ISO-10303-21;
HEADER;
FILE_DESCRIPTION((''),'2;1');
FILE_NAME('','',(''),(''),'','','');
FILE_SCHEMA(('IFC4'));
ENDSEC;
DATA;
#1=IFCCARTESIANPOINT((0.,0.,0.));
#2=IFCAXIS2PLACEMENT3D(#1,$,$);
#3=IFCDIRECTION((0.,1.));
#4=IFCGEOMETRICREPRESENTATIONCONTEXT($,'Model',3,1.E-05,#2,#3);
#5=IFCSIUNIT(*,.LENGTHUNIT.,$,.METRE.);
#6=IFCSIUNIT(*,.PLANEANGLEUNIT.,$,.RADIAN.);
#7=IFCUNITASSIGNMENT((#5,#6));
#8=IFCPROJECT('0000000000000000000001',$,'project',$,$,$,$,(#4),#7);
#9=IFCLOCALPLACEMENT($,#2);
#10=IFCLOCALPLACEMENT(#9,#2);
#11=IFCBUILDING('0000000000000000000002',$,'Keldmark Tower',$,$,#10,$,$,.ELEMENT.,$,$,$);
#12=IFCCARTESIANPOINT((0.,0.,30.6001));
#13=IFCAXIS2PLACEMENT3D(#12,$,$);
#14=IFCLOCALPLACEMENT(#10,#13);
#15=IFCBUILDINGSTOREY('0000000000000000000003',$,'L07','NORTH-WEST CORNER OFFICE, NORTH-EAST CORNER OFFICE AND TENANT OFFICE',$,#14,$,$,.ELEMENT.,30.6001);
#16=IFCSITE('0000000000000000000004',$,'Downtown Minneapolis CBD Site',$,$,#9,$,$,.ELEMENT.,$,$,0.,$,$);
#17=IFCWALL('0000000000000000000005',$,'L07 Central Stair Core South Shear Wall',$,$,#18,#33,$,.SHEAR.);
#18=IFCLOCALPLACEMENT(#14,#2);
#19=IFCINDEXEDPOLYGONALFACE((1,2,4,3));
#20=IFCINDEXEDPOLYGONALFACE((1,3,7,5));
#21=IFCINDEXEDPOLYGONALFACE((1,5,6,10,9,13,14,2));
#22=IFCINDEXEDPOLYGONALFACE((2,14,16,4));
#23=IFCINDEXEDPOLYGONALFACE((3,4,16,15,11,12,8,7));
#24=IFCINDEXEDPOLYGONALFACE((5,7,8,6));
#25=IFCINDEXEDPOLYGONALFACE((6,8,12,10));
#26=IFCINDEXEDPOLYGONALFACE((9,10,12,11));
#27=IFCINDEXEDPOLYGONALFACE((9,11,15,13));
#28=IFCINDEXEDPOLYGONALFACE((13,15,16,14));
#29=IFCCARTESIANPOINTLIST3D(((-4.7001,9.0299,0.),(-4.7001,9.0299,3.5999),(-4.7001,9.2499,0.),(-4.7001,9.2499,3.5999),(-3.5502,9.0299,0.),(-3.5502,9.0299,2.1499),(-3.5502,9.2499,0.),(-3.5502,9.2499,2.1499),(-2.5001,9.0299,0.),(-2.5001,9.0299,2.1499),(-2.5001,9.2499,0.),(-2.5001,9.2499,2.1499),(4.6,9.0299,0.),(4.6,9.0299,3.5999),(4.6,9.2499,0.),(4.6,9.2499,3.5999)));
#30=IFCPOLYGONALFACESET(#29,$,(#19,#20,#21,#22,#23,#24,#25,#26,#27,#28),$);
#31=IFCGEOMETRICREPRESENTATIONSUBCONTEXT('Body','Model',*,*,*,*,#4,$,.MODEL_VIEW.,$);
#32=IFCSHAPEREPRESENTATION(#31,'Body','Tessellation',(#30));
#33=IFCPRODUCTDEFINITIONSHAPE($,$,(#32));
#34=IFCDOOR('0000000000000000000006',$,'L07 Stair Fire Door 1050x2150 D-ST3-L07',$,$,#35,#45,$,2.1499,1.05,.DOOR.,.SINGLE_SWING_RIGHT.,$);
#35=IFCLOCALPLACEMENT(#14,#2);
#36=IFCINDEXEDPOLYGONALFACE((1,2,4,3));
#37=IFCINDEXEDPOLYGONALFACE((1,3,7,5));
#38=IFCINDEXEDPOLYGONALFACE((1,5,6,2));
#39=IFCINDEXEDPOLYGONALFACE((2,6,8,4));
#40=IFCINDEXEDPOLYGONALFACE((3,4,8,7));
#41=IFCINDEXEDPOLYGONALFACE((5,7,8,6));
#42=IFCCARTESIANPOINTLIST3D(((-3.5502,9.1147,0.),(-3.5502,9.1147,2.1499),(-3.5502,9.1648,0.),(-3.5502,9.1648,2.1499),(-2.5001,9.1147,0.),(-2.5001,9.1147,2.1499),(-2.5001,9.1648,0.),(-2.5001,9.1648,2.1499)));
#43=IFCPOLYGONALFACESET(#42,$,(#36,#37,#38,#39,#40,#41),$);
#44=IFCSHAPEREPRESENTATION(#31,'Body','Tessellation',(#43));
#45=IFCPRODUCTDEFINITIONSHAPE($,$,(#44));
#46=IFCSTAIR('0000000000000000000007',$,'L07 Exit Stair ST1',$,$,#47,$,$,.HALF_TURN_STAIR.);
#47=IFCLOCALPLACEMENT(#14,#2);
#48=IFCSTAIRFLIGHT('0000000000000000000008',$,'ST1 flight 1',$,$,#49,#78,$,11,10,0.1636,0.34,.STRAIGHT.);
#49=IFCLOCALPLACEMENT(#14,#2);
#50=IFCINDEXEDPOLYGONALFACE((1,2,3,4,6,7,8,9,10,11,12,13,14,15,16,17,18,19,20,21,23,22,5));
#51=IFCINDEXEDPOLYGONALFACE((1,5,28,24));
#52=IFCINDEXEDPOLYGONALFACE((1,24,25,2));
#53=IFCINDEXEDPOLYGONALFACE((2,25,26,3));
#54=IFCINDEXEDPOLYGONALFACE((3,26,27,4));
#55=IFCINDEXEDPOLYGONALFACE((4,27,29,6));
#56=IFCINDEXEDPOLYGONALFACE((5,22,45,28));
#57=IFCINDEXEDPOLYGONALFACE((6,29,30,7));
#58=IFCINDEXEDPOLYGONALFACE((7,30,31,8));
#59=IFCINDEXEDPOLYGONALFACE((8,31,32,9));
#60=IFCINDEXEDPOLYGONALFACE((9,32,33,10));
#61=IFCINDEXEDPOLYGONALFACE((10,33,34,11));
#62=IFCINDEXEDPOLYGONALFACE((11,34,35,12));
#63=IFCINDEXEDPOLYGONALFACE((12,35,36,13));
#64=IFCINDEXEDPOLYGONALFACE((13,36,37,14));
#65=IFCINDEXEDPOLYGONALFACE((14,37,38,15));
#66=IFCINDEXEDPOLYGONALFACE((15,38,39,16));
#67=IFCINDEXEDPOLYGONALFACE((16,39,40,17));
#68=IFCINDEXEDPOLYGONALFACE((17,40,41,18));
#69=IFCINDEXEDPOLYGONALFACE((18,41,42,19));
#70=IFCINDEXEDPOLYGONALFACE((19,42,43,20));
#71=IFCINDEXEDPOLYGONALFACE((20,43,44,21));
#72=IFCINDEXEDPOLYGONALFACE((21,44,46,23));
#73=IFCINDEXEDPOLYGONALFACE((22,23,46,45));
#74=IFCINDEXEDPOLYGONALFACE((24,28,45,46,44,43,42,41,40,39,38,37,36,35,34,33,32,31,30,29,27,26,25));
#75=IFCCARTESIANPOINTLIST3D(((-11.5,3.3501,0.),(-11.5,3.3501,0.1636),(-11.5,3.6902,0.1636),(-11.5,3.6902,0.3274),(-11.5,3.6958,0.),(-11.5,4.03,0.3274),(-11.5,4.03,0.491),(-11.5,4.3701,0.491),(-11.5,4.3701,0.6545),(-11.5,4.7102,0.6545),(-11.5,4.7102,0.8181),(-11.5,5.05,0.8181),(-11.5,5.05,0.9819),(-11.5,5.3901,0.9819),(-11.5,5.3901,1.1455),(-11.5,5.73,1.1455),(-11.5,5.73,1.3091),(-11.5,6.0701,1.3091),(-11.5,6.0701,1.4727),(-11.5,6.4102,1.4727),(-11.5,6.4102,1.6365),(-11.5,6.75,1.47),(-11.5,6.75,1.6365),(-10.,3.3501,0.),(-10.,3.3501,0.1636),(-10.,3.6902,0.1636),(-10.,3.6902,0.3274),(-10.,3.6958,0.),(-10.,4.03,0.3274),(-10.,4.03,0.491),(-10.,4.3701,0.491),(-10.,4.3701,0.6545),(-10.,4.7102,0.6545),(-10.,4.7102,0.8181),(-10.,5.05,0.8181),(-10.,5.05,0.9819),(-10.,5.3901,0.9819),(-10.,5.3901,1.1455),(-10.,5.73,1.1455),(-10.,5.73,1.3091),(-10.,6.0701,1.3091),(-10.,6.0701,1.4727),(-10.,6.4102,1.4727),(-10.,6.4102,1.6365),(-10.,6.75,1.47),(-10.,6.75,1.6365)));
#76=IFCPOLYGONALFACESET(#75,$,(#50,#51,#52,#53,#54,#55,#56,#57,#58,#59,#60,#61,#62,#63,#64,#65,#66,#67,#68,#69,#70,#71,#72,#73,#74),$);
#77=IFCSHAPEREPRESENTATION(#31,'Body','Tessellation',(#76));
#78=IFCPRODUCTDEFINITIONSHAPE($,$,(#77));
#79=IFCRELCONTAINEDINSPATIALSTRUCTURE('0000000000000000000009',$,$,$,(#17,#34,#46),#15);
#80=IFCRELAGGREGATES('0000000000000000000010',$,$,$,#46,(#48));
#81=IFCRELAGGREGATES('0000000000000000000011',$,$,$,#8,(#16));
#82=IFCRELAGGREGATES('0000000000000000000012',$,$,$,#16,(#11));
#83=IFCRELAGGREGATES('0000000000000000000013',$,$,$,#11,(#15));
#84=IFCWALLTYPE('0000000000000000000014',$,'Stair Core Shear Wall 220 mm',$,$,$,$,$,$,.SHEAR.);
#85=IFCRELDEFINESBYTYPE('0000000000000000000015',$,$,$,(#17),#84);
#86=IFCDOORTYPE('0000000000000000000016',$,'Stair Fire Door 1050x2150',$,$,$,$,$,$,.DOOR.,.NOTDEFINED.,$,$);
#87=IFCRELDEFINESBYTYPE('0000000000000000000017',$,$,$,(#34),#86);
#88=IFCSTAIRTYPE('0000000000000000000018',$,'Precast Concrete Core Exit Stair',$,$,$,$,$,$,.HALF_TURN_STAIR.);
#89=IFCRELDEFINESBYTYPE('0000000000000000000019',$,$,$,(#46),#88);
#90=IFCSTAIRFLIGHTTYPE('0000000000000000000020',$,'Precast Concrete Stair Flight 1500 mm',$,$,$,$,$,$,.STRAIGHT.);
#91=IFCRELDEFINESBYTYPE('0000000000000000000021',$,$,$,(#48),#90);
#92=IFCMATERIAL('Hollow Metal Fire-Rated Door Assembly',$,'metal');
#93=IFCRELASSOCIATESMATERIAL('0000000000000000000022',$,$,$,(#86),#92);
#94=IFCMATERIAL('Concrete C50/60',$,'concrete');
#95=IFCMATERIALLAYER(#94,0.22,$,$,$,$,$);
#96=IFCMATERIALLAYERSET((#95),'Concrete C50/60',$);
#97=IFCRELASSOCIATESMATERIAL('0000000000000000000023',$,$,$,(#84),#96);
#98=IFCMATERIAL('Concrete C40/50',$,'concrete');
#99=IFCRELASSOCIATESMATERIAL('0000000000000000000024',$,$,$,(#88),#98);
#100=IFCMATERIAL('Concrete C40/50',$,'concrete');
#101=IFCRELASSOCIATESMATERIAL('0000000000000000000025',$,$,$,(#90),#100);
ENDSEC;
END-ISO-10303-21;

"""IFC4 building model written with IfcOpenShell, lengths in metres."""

from ifc_helpers import new_model, si_unit, direction, frame, frame_2d, origin, place, context, subcontext, project, spatial, polyline, rectangle, outline, extrude, material, layer, layer_set, type_object, element, fill, aggregate, save


model = new_model("IFC4")

# Units and contexts
model_context = context("Model", 3, precision=1e-05, world=origin(), true_north=direction((0.0, 1.0)))
body_context = subcontext(model_context, "Body", "Model", "MODEL_VIEW")
ifc_project = project(units=[si_unit("LENGTHUNIT", "METRE"), si_unit("PLANEANGLEUNIT", "RADIAN")], contexts=[model_context])

# Site, building, storey
site_placement = place(None, origin())
site = spatial("IfcSite", under=ifc_project, at=site_placement, Name="Downtown Minneapolis CBD Site", CompositionType="ELEMENT", RefElevation=0.0)
building_placement = place(site_placement, origin())
building = spatial("IfcBuilding", under=site, at=building_placement, Name="Keldmark Tower", CompositionType="ELEMENT")
storey_placement = place(building_placement, frame((0.0, 0.0, 30.6001)))
storey = spatial("IfcBuildingStorey", under=building, at=storey_placement, Name="L07", Description="NORTH-WEST CORNER OFFICE, NORTH-EAST CORNER OFFICE AND TENANT OFFICE", CompositionType="ELEMENT", Elevation=30.6001)

# Shared definitions
ifc_material_1 = material(Name="Hollow Metal Fire-Rated Door Assembly", Category="metal")
door_type_1 = type_object("IfcDoorType", Name="Stair Fire Door 1050x2150", OperationType="NOTDEFINED", PredefinedType="DOOR", material=ifc_material_1)

# Shared definitions
ifc_material_2 = material(Name="Concrete C50/60", Category="concrete")
ifc_layer_1 = layer(ifc_material_2, 0.22)
ifc_layer_set_1 = layer_set([ifc_layer_1], Name="Concrete C50/60")
wall_type_1 = type_object("IfcWallType", Name="Stair Core Shear Wall 220 mm", PredefinedType="SHEAR", material=ifc_layer_set_1)

# Wall, opening, door
wall_1_placement = place(storey_placement, frame((-4.7, 9.1399, 0.0), z_axis=(0.0, 0.0, 1.0), x_axis=(1.0, 0.0, 0.0)))
wall_1 = element("IfcWall", 1, at=wall_1_placement, inside=storey, type_object=wall_type_1, Name="L07 Central Stair Core South Shear Wall", PredefinedType="SHEAR", context=body_context, shape_type="SweptSolid", body=[
    extrude(rectangle(XDim=9.3, YDim=0.22, at=frame_2d((4.6499, 0.0))), origin(), (0.0, 0.0, 1.0), 3.5999),
])
opening_1_placement = place(wall_1_placement, frame((1.1499, 0.0, 0.0)))
opening_1 = element("IfcOpeningElement", 2, at=opening_1_placement, cuts=wall_1, PredefinedType="OPENING", context=body_context, shape_type="SweptSolid", body=[
    extrude(rectangle(XDim=1.05, YDim=2.1499, at=frame_2d((0.5249, 1.075))), frame((0.0, 0.1199, 0.0), z_axis=(0.0, -1.0, 0.0), x_axis=(1.0, 0.0, 0.0)), (0.0, 0.0, 1.0), 0.24),
])
door_1_placement = place(opening_1_placement, origin())
door_1 = element("IfcDoor", 3, at=door_1_placement, inside=storey, type_object=door_type_1, Name="L07 Stair Fire Door 1050x2150 D-ST3-L07", OperationType="SINGLE_SWING_RIGHT", OverallHeight=2.1499, OverallWidth=1.05, PredefinedType="DOOR", context=body_context, shape_type="SweptSolid", body=[
    extrude(rectangle(XDim=1.05, YDim=2.1499, at=frame_2d((0.5249, 1.075))), frame((0.0, 0.0249, 0.0), z_axis=(0.0, -1.0, 0.0), x_axis=(1.0, 0.0, 0.0)), (0.0, 0.0, 1.0), 0.05),
])
fill(opening_1, door_1)

# Stair, stair flight
ifc_material_3 = material(Name="Concrete C40/50", Category="concrete")
stair_type = type_object("IfcStairType", Name="Precast Concrete Core Exit Stair", PredefinedType="HALF_TURN_STAIR", material=ifc_material_3)
stair_placement = place(storey_placement, origin())
stair = element("IfcStair", 4, at=stair_placement, inside=storey, type_object=stair_type, Name="L07 Exit Stair ST1", PredefinedType="HALF_TURN_STAIR")
ifc_material_4 = material(Name="Concrete C40/50", Category="concrete")
stair_flight_type = type_object("IfcStairFlightType", Name="Precast Concrete Stair Flight 1500 mm", PredefinedType="STRAIGHT", material=ifc_material_4)
stair_flight_placement = place(storey_placement, frame((-10.75, 3.3501, 0.0), z_axis=(0.0, 0.0, 1.0), x_axis=(0.0, 1.0, 0.0)))
stair_flight = element("IfcStairFlight", 5, at=stair_flight_placement, type_object=stair_flight_type, Name="ST1 flight 1", NumberOfRisers=11, NumberOfTreads=10, PredefinedType="STRAIGHT", RiserHeight=0.1636, TreadLength=0.34, context=body_context, shape_type="SweptSolid", body=[
    extrude(outline(polyline([(0.0, 0.0), (0.0, 0.1636), (0.3401, 0.1636), (0.3401, 0.3274), (0.6799, 0.3274), (0.6799, 0.491), (1.02, 0.491), (1.02, 0.6545), (1.3601, 0.6545), (1.3601, 0.8181), (1.7, 0.8181), (1.7, 0.9819), (2.04, 0.9819), (2.04, 1.1455), (2.3799, 1.1455), (2.3799, 1.3091), (2.72, 1.3091), (2.72, 1.4727), (3.0601, 1.4727), (3.0601, 1.6365), (3.3999, 1.6365), (3.3999, 1.8), (3.3999, 1.47), (0.3457, 0.0), (0.0, 0.0)])), frame((0.0, 0.75, 0.0), z_axis=(0.0, -1.0, 0.0), x_axis=(1.0, 0.0, 0.0)), (0.0, 0.0, 1.0), 1.5),
])
aggregate(stair, [stair_flight])

save(model, "model.ifc")
